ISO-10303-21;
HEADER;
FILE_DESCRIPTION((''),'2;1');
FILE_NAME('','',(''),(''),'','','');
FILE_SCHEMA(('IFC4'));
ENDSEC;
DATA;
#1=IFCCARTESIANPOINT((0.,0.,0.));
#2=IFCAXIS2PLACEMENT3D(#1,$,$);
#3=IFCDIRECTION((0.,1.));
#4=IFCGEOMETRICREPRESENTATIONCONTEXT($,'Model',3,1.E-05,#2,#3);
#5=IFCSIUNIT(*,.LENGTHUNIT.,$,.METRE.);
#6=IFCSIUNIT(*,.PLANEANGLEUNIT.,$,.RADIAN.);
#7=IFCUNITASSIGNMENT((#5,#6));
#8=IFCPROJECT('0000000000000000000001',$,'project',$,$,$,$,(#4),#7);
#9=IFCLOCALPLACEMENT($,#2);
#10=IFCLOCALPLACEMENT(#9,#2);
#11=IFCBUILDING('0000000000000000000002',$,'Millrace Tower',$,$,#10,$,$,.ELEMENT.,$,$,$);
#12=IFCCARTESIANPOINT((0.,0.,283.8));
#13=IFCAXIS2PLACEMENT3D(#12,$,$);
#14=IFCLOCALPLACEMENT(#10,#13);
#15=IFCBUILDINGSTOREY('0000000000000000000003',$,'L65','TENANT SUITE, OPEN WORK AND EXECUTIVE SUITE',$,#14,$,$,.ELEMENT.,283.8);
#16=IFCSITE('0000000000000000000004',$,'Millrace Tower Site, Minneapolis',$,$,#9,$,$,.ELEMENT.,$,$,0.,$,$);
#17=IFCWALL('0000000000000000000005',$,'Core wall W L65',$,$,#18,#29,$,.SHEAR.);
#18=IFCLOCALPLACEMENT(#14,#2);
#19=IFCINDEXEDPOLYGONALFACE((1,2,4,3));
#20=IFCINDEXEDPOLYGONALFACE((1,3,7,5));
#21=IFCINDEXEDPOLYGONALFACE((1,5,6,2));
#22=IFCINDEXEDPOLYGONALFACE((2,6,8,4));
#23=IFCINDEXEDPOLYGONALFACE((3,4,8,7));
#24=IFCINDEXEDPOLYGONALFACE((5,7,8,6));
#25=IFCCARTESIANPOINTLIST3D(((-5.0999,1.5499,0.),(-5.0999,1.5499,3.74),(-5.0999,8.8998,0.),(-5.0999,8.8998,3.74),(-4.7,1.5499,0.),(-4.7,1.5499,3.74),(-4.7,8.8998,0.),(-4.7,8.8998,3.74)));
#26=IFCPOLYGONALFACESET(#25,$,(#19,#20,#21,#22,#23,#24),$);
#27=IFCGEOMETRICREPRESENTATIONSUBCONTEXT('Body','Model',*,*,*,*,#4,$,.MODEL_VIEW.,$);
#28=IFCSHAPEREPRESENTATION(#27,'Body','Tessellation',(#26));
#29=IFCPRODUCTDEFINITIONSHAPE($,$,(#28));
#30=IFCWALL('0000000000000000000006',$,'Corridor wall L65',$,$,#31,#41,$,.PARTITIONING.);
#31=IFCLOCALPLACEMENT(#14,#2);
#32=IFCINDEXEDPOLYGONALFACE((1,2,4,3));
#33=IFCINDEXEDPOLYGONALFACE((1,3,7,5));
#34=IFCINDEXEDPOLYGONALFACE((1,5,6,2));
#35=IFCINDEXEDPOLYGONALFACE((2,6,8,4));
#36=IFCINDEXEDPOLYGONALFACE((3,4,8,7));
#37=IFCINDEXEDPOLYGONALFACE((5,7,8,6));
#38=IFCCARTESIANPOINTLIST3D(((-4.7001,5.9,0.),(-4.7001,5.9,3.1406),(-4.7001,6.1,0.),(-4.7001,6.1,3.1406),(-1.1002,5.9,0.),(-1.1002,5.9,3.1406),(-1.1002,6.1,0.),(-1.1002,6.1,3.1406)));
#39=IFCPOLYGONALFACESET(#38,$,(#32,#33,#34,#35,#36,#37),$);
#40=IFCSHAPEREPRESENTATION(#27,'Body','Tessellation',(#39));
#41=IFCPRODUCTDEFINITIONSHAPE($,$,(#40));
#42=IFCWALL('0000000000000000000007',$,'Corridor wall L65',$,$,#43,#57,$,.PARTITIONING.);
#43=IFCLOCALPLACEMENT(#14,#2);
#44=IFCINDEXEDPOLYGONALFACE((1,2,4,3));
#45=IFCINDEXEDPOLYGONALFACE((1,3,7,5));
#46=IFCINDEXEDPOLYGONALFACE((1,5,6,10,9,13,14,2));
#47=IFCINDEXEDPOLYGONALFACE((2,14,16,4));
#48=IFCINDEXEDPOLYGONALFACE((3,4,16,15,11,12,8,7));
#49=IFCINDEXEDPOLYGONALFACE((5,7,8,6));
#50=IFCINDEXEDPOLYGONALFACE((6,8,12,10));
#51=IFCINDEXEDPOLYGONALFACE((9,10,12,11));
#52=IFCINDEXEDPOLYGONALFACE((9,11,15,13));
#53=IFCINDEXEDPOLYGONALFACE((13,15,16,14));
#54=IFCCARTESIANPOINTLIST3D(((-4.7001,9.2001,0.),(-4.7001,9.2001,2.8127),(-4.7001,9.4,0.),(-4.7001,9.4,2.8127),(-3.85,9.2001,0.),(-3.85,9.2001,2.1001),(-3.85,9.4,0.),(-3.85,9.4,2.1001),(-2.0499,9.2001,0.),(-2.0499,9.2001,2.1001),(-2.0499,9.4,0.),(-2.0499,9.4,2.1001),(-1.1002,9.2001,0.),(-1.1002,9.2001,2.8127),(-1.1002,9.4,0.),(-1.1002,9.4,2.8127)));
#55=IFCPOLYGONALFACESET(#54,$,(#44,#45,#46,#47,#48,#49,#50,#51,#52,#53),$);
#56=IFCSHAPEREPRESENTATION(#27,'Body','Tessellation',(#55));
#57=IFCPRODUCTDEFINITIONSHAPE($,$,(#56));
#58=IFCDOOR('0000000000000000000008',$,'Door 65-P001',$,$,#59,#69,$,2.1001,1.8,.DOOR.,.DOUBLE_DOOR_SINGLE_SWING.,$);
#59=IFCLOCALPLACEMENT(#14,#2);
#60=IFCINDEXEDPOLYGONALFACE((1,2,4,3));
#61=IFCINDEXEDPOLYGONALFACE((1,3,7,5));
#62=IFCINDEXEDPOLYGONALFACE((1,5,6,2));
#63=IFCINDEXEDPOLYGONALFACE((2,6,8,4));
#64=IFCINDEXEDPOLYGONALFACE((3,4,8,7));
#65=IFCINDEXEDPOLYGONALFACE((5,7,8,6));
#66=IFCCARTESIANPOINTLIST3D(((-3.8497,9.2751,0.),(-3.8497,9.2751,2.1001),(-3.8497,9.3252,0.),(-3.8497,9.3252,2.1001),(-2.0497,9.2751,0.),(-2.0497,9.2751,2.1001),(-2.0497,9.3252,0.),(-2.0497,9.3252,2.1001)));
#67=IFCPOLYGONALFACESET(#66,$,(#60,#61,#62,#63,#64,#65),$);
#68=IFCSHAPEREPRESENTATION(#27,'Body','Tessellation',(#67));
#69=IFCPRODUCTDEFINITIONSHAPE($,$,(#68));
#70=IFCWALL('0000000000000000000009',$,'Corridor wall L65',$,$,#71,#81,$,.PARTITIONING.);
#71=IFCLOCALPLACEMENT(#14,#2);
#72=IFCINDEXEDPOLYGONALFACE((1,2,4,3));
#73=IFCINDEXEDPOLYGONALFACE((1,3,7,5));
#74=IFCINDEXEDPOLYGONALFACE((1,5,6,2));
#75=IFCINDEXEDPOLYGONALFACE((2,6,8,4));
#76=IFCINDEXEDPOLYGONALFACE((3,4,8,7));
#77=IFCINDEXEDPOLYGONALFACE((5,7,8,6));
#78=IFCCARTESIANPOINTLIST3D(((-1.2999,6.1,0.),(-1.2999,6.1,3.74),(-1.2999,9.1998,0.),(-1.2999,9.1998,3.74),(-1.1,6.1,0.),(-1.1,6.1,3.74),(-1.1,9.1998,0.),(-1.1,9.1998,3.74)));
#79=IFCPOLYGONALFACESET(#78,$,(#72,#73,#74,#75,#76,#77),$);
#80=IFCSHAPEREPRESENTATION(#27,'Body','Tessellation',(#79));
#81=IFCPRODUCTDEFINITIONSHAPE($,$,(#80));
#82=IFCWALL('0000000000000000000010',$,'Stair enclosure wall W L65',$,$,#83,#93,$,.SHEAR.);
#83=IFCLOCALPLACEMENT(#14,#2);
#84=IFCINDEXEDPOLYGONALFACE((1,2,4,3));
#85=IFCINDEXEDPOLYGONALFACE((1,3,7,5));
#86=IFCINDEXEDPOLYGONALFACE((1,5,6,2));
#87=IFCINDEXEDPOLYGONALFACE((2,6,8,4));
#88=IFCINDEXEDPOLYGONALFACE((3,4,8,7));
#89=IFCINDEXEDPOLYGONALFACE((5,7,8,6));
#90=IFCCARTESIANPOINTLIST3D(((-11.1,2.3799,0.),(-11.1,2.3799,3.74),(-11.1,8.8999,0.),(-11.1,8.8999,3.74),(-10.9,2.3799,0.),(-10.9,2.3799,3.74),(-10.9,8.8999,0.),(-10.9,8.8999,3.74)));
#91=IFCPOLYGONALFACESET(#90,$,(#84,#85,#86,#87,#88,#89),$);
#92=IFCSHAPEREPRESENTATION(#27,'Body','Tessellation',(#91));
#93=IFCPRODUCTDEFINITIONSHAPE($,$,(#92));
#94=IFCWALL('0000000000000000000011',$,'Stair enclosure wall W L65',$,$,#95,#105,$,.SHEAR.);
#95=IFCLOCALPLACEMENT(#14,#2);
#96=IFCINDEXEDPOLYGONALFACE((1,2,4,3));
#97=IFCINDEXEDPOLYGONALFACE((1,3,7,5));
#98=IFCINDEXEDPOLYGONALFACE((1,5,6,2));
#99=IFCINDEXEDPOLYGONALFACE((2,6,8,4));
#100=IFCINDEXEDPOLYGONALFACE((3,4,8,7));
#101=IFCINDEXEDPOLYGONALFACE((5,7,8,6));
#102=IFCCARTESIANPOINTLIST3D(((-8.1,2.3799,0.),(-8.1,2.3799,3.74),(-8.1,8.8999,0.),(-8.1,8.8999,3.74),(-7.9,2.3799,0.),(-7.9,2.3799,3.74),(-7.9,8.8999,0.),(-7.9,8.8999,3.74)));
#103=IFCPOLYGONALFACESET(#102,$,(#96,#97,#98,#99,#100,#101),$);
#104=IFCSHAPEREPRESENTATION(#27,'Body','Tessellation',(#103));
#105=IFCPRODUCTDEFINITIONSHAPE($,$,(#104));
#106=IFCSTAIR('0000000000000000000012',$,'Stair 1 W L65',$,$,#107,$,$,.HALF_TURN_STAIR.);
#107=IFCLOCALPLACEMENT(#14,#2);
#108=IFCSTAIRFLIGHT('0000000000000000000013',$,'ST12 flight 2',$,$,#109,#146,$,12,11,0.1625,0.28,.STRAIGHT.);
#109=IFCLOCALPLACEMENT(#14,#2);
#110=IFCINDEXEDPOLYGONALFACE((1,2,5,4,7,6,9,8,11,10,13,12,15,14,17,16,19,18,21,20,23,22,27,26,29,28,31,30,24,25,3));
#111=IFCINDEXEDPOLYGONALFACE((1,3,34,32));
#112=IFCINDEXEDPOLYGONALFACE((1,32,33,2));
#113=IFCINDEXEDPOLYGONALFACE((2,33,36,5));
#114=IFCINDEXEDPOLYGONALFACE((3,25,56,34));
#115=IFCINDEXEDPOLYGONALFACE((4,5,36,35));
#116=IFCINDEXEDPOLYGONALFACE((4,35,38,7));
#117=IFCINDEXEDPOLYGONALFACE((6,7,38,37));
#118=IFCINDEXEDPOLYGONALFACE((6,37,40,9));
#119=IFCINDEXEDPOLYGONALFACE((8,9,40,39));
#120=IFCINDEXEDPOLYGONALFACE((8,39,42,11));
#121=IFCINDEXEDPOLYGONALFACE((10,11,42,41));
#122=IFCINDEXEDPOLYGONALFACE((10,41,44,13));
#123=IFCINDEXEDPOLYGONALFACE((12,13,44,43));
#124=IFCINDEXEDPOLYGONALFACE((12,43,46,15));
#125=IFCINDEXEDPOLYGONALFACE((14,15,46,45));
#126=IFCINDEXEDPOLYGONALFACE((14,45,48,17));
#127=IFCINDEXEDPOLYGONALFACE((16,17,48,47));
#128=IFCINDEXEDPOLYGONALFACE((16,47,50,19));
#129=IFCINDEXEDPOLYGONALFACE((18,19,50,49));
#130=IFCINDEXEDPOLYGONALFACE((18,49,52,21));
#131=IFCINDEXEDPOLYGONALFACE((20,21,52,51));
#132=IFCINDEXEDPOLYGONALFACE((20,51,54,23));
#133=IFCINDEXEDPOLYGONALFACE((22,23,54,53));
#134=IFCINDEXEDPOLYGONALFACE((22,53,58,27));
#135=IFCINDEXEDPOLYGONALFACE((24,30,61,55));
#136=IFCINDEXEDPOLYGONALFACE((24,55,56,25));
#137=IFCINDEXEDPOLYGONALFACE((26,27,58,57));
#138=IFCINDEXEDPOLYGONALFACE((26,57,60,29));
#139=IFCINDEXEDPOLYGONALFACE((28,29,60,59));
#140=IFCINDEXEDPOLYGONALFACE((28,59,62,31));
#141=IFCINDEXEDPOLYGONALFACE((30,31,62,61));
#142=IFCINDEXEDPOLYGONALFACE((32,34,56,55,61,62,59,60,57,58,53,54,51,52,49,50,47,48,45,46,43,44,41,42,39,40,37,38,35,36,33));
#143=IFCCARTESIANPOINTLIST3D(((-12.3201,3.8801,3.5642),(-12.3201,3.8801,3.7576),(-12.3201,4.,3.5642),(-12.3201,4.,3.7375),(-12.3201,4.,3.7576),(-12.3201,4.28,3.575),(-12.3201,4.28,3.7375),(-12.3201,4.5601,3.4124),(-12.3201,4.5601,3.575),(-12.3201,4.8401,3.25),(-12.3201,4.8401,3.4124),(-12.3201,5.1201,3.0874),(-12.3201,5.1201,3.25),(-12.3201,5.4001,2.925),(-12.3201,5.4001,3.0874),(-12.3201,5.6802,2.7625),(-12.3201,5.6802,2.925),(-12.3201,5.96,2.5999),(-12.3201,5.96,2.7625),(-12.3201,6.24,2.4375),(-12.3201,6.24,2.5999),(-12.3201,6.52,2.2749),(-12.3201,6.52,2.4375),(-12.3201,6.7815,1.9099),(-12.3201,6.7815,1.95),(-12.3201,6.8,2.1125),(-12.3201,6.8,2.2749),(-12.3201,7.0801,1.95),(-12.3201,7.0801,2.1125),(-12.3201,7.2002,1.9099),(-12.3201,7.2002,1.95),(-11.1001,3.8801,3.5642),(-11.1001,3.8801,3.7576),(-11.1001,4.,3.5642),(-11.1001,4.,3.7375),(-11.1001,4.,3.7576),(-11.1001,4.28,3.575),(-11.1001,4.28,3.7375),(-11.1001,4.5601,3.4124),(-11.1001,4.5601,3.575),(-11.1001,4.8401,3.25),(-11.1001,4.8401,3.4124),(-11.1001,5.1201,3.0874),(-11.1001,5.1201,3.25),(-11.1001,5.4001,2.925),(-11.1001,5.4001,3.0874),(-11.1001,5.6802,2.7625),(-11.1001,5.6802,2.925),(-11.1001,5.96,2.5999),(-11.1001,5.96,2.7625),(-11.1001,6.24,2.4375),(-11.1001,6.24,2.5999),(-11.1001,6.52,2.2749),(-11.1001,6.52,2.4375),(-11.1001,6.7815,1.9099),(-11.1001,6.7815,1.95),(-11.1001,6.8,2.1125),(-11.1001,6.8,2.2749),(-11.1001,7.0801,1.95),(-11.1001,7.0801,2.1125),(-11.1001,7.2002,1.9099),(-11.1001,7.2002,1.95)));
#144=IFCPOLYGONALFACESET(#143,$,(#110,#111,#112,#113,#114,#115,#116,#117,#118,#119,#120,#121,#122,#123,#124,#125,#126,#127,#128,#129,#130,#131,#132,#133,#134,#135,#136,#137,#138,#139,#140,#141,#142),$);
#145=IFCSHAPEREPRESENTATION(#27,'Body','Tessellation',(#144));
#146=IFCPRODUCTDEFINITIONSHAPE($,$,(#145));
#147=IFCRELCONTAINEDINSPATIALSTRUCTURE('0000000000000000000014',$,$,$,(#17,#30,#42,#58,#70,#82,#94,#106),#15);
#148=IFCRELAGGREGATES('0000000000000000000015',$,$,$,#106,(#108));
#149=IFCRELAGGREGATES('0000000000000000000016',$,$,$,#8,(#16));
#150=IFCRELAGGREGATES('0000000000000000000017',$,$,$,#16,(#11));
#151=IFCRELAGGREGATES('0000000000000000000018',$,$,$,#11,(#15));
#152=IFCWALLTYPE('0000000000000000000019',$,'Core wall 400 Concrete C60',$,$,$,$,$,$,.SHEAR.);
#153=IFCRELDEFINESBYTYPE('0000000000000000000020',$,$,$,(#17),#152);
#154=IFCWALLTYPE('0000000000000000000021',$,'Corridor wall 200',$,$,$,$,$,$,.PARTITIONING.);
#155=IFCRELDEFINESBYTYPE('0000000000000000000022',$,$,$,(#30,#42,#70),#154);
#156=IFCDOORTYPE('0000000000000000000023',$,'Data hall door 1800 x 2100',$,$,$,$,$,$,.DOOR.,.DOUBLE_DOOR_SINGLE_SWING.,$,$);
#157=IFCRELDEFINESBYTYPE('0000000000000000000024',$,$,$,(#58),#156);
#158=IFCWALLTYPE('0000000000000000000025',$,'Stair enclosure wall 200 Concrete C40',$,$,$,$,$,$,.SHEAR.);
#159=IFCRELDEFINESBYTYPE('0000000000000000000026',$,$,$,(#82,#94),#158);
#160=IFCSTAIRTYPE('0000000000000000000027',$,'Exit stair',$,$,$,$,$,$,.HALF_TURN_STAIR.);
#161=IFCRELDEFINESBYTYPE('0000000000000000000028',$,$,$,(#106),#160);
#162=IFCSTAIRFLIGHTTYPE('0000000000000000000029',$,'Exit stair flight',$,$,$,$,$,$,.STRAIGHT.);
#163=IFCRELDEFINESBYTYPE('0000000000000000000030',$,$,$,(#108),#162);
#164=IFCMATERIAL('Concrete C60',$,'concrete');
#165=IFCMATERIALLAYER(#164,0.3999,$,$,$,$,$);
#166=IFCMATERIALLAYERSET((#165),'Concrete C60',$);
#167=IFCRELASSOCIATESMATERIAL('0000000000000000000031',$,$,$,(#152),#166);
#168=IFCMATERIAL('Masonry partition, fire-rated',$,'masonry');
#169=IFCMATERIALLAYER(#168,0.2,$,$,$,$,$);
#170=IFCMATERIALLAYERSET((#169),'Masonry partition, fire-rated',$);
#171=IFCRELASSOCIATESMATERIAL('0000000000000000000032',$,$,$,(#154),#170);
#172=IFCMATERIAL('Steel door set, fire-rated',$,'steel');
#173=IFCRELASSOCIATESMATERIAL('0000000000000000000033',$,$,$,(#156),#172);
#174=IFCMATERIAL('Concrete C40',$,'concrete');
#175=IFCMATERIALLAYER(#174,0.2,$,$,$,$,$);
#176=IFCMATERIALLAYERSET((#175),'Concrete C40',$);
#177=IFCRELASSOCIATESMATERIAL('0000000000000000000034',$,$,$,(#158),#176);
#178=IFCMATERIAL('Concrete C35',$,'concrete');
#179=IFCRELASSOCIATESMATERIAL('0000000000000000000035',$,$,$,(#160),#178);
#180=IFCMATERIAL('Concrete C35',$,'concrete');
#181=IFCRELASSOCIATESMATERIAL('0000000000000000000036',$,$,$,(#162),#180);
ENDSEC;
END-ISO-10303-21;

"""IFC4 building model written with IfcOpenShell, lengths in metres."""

from ifc_helpers import new_model, si_unit, direction, frame, frame_2d, origin, place, context, subcontext, project, spatial, polyline, rectangle, outline, extrude, material, layer, layer_set, type_object, element, fill, aggregate, save


model = new_model("IFC4")

# Units and contexts
model_context = context("Model", 3, precision=1e-05, world=origin(), true_north=direction((0.0, 1.0)))
body_context = subcontext(model_context, "Body", "Model", "MODEL_VIEW")
ifc_project = project(units=[si_unit("LENGTHUNIT", "METRE"), si_unit("PLANEANGLEUNIT", "RADIAN")], contexts=[model_context])

# Site, building, storey
site_placement = place(None, origin())
site = spatial("IfcSite", under=ifc_project, at=site_placement, Name="Millrace Tower Site, Minneapolis", CompositionType="ELEMENT", RefElevation=0.0)
building_placement = place(site_placement, origin())
building = spatial("IfcBuilding", under=site, at=building_placement, Name="Millrace Tower", CompositionType="ELEMENT")
storey_placement = place(building_placement, frame((0.0, 0.0, 283.8)))
storey = spatial("IfcBuildingStorey", under=building, at=storey_placement, Name="L65", Description="TENANT SUITE, OPEN WORK AND EXECUTIVE SUITE", CompositionType="ELEMENT", Elevation=283.8)

# Walls
ifc_material_1 = material(Name="Concrete C60", Category="concrete")
ifc_layer_1 = layer(ifc_material_1, 0.3999)
ifc_layer_set_1 = layer_set([ifc_layer_1], Name="Concrete C60")
wall_type_1 = type_object("IfcWallType", Name="Core wall 400 Concrete C60", PredefinedType="SHEAR", material=ifc_layer_set_1)
wall_1_placement = place(storey_placement, frame((-4.8999, 1.55, 0.0), z_axis=(0.0, 0.0, 1.0), x_axis=(0.0, 1.0, 0.0)))
element("IfcWall", 1, at=wall_1_placement, inside=storey, type_object=wall_type_1, Name="Core wall W L65", PredefinedType="SHEAR", context=body_context, shape_type="SweptSolid", body=[
    extrude(rectangle(XDim=7.3499, YDim=0.3999, at=frame_2d((3.6748, 0.0))), origin(), (0.0, 0.0, 1.0), 3.74),
])
ifc_material_2 = material(Name="Masonry partition, fire-rated", Category="masonry")
ifc_layer_2 = layer(ifc_material_2, 0.2)
ifc_layer_set_2 = layer_set([ifc_layer_2], Name="Masonry partition, fire-rated")
wall_type_2 = type_object("IfcWallType", Name="Corridor wall 200", PredefinedType="PARTITIONING", material=ifc_layer_set_2)
wall_2_placement = place(storey_placement, frame((-4.7, 6.0, 0.0), z_axis=(0.0, 0.0, 1.0), x_axis=(1.0, 0.0, 0.0)))
element("IfcWall", 2, at=wall_2_placement, inside=storey, type_object=wall_type_2, Name="Corridor wall L65", PredefinedType="PARTITIONING", context=body_context, shape_type="SweptSolid", body=[
    extrude(rectangle(XDim=3.5999, YDim=0.2, at=frame_2d((1.7998, 0.0))), origin(), (0.0, 0.0, 1.0), 3.1406),
])

# Wall, opening, door
wall_3_placement = place(storey_placement, frame((-4.7, 9.3, 0.0), z_axis=(0.0, 0.0, 1.0), x_axis=(1.0, 0.0, 0.0)))
wall_3 = element("IfcWall", 3, at=wall_3_placement, inside=storey, type_object=wall_type_2, Name="Corridor wall L65", PredefinedType="PARTITIONING", context=body_context, shape_type="SweptSolid", body=[
    extrude(rectangle(XDim=3.5999, YDim=0.2, at=frame_2d((1.7998, 0.0))), origin(), (0.0, 0.0, 1.0), 2.8127),
])
opening_placement = place(wall_3_placement, frame((0.8501, 0.0, 0.0)))
opening = element("IfcOpeningElement", 4, at=opening_placement, cuts=wall_3, PredefinedType="OPENING", context=body_context, shape_type="SweptSolid", body=[
    extrude(rectangle(XDim=1.8, YDim=2.1001, at=frame_2d((0.8999, 1.05))), frame((0.0, 0.1099, 0.0), z_axis=(0.0, -1.0, 0.0), x_axis=(1.0, 0.0, 0.0)), (0.0, 0.0, 1.0), 0.22),
])
ifc_material_3 = material(Name="Steel door set, fire-rated", Category="steel")
door_type = type_object("IfcDoorType", Name="Data hall door 1800 x 2100", OperationType="DOUBLE_DOOR_SINGLE_SWING", PredefinedType="DOOR", material=ifc_material_3)
door_placement = place(opening_placement, frame((1.8, 0.0, 0.0), z_axis=(0.0, 0.0, 1.0), x_axis=(-1.0, 0.0, 0.0)))
door = element("IfcDoor", 5, at=door_placement, inside=storey, type_object=door_type, Name="Door 65-P001", OperationType="DOUBLE_DOOR_SINGLE_SWING", OverallHeight=2.1001, OverallWidth=1.8, PredefinedType="DOOR", context=body_context, shape_type="SweptSolid", body=[
    extrude(rectangle(XDim=1.8, YDim=2.1001, at=frame_2d((0.8999, 1.05))), frame((0.0, 0.0249, 0.0), z_axis=(0.0, -1.0, 0.0), x_axis=(1.0, 0.0, 0.0)), (0.0, 0.0, 1.0), 0.05),
])
fill(opening, door)

# Walls
wall_4_placement = place(storey_placement, frame((-1.2, 6.1001, 0.0), z_axis=(0.0, 0.0, 1.0), x_axis=(0.0, 1.0, 0.0)))
element("IfcWall", 6, at=wall_4_placement, inside=storey, type_object=wall_type_2, Name="Corridor wall L65", PredefinedType="PARTITIONING", context=body_context, shape_type="SweptSolid", body=[
    extrude(rectangle(XDim=3.0999, YDim=0.2, at=frame_2d((1.5498, 0.0))), origin(), (0.0, 0.0, 1.0), 3.74),
])
ifc_material_4 = material(Name="Concrete C40", Category="concrete")
ifc_layer_3 = layer(ifc_material_4, 0.2)
ifc_layer_set_3 = layer_set([ifc_layer_3], Name="Concrete C40")
wall_type_3 = type_object("IfcWallType", Name="Stair enclosure wall 200 Concrete C40", PredefinedType="SHEAR", material=ifc_layer_set_3)
for number, where, z_axis, x_axis, name in (
    (7, (-11.0, 2.3799, 0.0), (0.0, 0.0, 1.0), (0.0, 1.0, 0.0), "Stair enclosure wall W L65"),
    (8, (-8.0, 2.3799, 0.0), (0.0, 0.0, 1.0), (0.0, 1.0, 0.0), "Stair enclosure wall W L65"),
):
    element("IfcWall", number, at=place(storey_placement, frame(where, z_axis=z_axis, x_axis=x_axis)), inside=storey, type_object=wall_type_3, Name=name, PredefinedType="SHEAR", context=body_context, shape_type="SweptSolid", body=[
        extrude(rectangle(XDim=6.52, YDim=0.2, at=frame_2d((3.26, 0.0))), origin(), (0.0, 0.0, 1.0), 3.74),
    ])

# Stair, stair flight
ifc_material_5 = material(Name="Concrete C35", Category="concrete")
stair_type = type_object("IfcStairType", Name="Exit stair", PredefinedType="HALF_TURN_STAIR", material=ifc_material_5)
placement = place(storey_placement, origin())
stair_1 = element("IfcStair", 9, at=placement, inside=storey, type_object=stair_type, Name="Stair 1 W L65", PredefinedType="HALF_TURN_STAIR")
ifc_material_6 = material(Name="Concrete C35", Category="concrete")
stair_flight_type = type_object("IfcStairFlightType", Name="Exit stair flight", PredefinedType="STRAIGHT", material=ifc_material_6)
stair_flight_1_placement = place(storey_placement, frame((-11.71, 7.0801, 1.95), z_axis=(0.0, 0.0, 1.0), x_axis=(0.0, -1.0, 0.0)))
stair_flight_1 = element("IfcStairFlight", 10, at=stair_flight_1_placement, type_object=stair_flight_type, Name="ST12 flight 2", NumberOfRisers=12, NumberOfTreads=11, PredefinedType="STRAIGHT", RiserHeight=0.1625, TreadLength=0.28, context=body_context, shape_type="SweptSolid", body=[
    extrude(outline(polyline([(-0.1201, -0.04), (-0.1201, 0.0), (0.0, 0.0), (0.0, 0.1626), (0.28, 0.1626), (0.28, 0.325), (0.5601, 0.325), (0.5601, 0.4875), (0.8401, 0.4875), (0.8401, 0.6499), (1.1201, 0.6499), (1.1201, 0.8125), (1.3999, 0.8125), (1.3999, 0.9751), (1.6799, 0.9751), (1.6799, 1.1375), (1.96, 1.1375), (1.96, 1.3), (2.24, 1.3), (2.24, 1.4624), (2.52, 1.4624), (2.52, 1.625), (2.8, 1.625), (2.8, 1.7876), (3.0801, 1.7876), (3.0801, 1.8076), (3.2, 1.8076), (3.2, 1.6143), (3.0801, 1.6143), (0.2986, 0.0), (0.2986, -0.04), (-0.1201, -0.04)])), frame((0.0, 0.6099, 0.0), z_axis=(0.0, -1.0, 0.0), x_axis=(1.0, 0.0, 0.0)), (0.0, 0.0, 1.0), 1.22),
])
aggregate(stair_1, [stair_flight_1])

save(model, "model.ifc")
